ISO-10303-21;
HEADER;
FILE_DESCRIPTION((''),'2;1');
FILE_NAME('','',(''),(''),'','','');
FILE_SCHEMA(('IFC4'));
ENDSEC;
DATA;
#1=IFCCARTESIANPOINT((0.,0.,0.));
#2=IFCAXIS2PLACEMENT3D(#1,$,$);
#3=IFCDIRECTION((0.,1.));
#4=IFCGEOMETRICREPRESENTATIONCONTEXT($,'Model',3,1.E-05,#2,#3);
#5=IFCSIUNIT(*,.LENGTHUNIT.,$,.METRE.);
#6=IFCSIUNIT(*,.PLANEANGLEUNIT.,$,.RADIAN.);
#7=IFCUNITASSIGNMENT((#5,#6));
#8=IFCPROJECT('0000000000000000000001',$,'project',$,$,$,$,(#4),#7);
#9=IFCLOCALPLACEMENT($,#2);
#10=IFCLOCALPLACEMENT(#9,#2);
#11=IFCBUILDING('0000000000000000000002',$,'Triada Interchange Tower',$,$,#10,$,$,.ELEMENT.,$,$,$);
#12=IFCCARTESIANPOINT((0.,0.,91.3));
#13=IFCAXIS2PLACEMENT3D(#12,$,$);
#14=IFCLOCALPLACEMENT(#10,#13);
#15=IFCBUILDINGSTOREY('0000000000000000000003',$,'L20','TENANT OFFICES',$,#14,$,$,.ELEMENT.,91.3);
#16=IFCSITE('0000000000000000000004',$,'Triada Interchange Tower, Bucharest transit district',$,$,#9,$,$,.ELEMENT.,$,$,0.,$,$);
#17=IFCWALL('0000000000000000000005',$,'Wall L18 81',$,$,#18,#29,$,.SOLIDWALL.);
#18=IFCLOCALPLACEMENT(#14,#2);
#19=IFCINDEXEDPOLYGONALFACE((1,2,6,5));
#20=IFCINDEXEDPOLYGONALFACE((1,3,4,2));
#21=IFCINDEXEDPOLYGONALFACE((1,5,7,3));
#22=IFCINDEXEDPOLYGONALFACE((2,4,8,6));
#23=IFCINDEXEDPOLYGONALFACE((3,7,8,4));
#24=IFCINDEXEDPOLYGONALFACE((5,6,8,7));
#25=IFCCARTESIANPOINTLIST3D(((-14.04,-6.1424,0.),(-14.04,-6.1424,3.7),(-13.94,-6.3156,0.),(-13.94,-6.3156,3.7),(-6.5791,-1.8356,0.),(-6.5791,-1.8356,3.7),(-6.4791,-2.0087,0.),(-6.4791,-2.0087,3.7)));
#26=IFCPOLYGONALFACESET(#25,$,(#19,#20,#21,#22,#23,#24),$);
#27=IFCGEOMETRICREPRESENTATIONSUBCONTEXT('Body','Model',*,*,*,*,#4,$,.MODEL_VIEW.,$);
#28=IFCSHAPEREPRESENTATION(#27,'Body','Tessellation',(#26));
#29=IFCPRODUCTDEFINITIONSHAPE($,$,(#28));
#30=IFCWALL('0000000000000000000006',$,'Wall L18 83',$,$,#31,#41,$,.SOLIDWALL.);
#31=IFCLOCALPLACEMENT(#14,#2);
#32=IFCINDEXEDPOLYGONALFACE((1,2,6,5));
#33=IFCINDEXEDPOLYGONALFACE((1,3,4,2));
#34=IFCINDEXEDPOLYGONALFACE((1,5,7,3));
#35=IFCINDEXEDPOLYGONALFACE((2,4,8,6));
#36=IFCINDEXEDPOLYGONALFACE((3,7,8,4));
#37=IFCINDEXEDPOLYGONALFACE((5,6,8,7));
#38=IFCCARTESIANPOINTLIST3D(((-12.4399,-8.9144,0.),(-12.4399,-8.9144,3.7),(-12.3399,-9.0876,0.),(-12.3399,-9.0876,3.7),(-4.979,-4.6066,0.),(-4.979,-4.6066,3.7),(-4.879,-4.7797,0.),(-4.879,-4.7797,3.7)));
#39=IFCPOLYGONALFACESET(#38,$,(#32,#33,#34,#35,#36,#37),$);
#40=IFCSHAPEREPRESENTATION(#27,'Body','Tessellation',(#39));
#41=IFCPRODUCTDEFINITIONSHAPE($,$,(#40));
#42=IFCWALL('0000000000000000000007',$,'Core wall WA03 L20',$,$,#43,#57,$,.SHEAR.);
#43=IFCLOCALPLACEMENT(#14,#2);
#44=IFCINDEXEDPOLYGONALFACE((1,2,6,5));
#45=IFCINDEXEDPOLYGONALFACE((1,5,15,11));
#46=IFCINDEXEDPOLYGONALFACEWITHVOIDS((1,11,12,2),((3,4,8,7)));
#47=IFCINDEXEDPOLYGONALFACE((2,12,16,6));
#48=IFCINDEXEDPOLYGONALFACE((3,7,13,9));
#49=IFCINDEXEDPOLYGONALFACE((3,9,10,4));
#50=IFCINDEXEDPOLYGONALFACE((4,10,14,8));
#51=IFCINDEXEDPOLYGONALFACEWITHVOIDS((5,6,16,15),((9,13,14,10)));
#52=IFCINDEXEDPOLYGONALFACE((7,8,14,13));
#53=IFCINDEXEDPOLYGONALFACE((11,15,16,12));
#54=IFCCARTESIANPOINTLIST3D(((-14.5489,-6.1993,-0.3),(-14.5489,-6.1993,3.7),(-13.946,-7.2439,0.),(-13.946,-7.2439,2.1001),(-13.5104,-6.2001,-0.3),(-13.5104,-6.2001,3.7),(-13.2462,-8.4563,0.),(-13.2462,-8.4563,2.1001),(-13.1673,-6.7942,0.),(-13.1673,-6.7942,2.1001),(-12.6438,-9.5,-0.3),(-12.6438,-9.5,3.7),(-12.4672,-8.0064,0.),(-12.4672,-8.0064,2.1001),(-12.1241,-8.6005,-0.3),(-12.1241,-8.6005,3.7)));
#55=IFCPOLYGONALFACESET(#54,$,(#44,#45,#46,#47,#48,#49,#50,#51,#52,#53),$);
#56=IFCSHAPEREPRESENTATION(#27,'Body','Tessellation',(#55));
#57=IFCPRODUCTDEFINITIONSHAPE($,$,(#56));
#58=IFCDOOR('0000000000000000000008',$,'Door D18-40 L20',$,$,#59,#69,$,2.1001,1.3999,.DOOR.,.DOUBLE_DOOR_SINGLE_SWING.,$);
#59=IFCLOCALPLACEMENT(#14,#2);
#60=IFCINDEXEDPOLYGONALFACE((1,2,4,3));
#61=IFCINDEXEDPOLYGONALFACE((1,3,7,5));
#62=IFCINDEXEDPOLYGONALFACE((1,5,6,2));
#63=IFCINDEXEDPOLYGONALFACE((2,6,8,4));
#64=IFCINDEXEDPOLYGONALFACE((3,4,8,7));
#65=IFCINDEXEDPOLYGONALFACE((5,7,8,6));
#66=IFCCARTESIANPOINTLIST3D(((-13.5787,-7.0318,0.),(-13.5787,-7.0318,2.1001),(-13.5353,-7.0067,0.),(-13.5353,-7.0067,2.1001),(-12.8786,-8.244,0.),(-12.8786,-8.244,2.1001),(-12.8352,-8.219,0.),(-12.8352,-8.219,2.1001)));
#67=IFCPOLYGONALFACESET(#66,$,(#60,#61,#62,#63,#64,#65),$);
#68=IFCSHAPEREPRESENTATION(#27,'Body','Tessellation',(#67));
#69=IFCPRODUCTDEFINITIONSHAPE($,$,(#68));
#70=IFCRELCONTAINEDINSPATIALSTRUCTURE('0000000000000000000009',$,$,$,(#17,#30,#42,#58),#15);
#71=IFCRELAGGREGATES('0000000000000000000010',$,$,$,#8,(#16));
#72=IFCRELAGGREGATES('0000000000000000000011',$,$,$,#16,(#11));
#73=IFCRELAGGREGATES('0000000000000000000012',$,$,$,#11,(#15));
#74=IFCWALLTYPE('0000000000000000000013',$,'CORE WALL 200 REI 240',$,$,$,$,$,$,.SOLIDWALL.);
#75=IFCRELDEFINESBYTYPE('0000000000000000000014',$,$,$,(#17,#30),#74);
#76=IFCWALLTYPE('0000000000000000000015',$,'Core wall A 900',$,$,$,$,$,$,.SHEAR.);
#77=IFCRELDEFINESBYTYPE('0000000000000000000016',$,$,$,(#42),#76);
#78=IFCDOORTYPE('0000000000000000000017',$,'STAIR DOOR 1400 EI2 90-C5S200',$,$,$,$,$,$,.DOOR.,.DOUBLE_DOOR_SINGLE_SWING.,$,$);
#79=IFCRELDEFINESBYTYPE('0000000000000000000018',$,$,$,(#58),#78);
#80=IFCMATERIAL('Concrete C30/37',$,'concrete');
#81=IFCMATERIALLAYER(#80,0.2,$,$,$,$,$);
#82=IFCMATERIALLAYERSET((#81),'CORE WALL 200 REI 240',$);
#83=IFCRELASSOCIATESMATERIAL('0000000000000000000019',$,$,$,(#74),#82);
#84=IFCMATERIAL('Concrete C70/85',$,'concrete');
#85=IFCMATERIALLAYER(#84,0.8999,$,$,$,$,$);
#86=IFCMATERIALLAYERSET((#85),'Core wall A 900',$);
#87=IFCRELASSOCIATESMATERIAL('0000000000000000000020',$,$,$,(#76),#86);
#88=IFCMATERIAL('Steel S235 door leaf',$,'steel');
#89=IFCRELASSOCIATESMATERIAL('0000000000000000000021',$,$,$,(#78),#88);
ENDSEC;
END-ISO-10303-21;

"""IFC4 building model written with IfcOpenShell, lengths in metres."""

from ifc_helpers import new_model, si_unit, direction, frame, frame_2d, origin, place, context, subcontext, project, spatial, polyline, rectangle, outline, extrude, material, layer, layer_set, type_object, element, fill, save


model = new_model("IFC4")

# Units and contexts
model_context = context("Model", 3, precision=1e-05, world=origin(), true_north=direction((0.0, 1.0)))
body_context = subcontext(model_context, "Body", "Model", "MODEL_VIEW")
ifc_project = project(units=[si_unit("LENGTHUNIT", "METRE"), si_unit("PLANEANGLEUNIT", "RADIAN")], contexts=[model_context])

# Site, building, storey
site_placement = place(None, origin())
site = spatial("IfcSite", under=ifc_project, at=site_placement, Name="Triada Interchange Tower, Bucharest transit district", CompositionType="ELEMENT", RefElevation=0.0)
building_placement = place(site_placement, origin())
building = spatial("IfcBuilding", under=site, at=building_placement, Name="Triada Interchange Tower", CompositionType="ELEMENT")
storey_placement = place(building_placement, frame((0.0, 0.0, 91.3)))
storey = spatial("IfcBuildingStorey", under=building, at=storey_placement, Name="L20", Description="TENANT OFFICES", CompositionType="ELEMENT", Elevation=91.3)

# Walls
ifc_material_1 = material(Name="Concrete C30/37", Category="concrete")
ifc_layer_1 = layer(ifc_material_1, 0.2)
ifc_layer_set_1 = layer_set([ifc_layer_1], Name="CORE WALL 200 REI 240")
wall_type_1 = type_object("IfcWallType", Name="CORE WALL 200 REI 240", PredefinedType="SOLIDWALL", material=ifc_layer_set_1)
wall_1_placement = place(storey_placement, frame((-13.99, -6.229, 0.0), z_axis=(0.0, 0.0, 1.0), x_axis=(0.86606, 0.49994, 0.0)))
element("IfcWall", 1, at=wall_1_placement, inside=storey, type_object=wall_type_1, Name="Wall L18 81", PredefinedType="SOLIDWALL", context=body_context, shape_type="SweptSolid", body=[
    extrude(rectangle(XDim=8.6147, YDim=0.2, at=frame_2d((4.3074, 0.0))), origin(), (0.0, 0.0, 1.0), 3.7),
])
wall_2_placement = place(storey_placement, frame((-12.3899, -9.001, 0.0), z_axis=(0.0, 0.0, 1.0), x_axis=(0.866011, 0.500025, 0.0)))
element("IfcWall", 2, at=wall_2_placement, inside=storey, type_object=wall_type_1, Name="Wall L18 83", PredefinedType="SOLIDWALL", context=body_context, shape_type="SweptSolid", body=[
    extrude(rectangle(XDim=8.6152, YDim=0.2, at=frame_2d((4.3076, 0.0))), origin(), (0.0, 0.0, 1.0), 3.7),
])

# Wall, opening, door
ifc_material_2 = material(Name="Concrete C70/85", Category="concrete")
ifc_layer_2 = layer(ifc_material_2, 0.8999)
ifc_layer_set_2 = layer_set([ifc_layer_2], Name="Core wall A 900")
wall_type_2 = type_object("IfcWallType", Name="Core wall A 900", PredefinedType="SHEAR", material=ifc_layer_set_2)
wall_3_placement = place(storey_placement, frame((-14.03, -6.2, -0.3), z_axis=(0.0, 0.0, 1.0), x_axis=(0.500112, -0.865961, 0.0)))
wall_3 = element("IfcWall", 3, at=wall_3_placement, inside=storey, type_object=wall_type_2, Name="Core wall WA03 L20", PredefinedType="SHEAR", context=body_context, shape_type="SweptSolid", body=[
    extrude(outline(polyline([(-0.26, -0.449), (1.6455, -0.4495), (3.551, -0.45), (3.032, 0.45), (1.646, 0.45), (0.26, 0.45), (-0.26, -0.449)])), origin(), (0.0, 0.0, 1.0), 4.0),
])
opening_1_placement = place(wall_3_placement, frame((0.946, 0.0, 0.3)))
opening_1 = element("IfcOpeningElement", 4, at=opening_1_placement, cuts=wall_3, PredefinedType="OPENING", context=body_context, shape_type="SweptSolid", body=[
    extrude(rectangle(XDim=1.3999, YDim=2.1001, at=frame_2d((0.7, 1.05))), frame((0.0, 0.46, 0.0), z_axis=(0.0, -1.0, 0.0), x_axis=(1.0, 0.0, 0.0)), (0.0, 0.0, 1.0), 0.9199),
])
ifc_material_3 = material(Name="Steel S235 door leaf", Category="steel")
door_type_1 = type_object("IfcDoorType", Name="STAIR DOOR 1400 EI2 90-C5S200", OperationType="DOUBLE_DOOR_SINGLE_SWING", PredefinedType="DOOR", material=ifc_material_3)
door_1_placement = place(opening_1_placement, origin())
door_1 = element("IfcDoor", 5, at=door_1_placement, inside=storey, type_object=door_type_1, Name="Door D18-40 L20", OperationType="DOUBLE_DOOR_SINGLE_SWING", OverallHeight=2.1001, OverallWidth=1.3999, PredefinedType="DOOR", context=body_context, shape_type="SweptSolid", body=[
    extrude(rectangle(XDim=1.3999, YDim=2.1001, at=frame_2d((0.7, 1.05))), frame((0.0, 0.0249, 0.0), z_axis=(0.0, -1.0, 0.0), x_axis=(1.0, 0.0, 0.0)), (0.0, 0.0, 1.0), 0.05),
])
fill(opening_1, door_1)

save(model, "model.ifc")
